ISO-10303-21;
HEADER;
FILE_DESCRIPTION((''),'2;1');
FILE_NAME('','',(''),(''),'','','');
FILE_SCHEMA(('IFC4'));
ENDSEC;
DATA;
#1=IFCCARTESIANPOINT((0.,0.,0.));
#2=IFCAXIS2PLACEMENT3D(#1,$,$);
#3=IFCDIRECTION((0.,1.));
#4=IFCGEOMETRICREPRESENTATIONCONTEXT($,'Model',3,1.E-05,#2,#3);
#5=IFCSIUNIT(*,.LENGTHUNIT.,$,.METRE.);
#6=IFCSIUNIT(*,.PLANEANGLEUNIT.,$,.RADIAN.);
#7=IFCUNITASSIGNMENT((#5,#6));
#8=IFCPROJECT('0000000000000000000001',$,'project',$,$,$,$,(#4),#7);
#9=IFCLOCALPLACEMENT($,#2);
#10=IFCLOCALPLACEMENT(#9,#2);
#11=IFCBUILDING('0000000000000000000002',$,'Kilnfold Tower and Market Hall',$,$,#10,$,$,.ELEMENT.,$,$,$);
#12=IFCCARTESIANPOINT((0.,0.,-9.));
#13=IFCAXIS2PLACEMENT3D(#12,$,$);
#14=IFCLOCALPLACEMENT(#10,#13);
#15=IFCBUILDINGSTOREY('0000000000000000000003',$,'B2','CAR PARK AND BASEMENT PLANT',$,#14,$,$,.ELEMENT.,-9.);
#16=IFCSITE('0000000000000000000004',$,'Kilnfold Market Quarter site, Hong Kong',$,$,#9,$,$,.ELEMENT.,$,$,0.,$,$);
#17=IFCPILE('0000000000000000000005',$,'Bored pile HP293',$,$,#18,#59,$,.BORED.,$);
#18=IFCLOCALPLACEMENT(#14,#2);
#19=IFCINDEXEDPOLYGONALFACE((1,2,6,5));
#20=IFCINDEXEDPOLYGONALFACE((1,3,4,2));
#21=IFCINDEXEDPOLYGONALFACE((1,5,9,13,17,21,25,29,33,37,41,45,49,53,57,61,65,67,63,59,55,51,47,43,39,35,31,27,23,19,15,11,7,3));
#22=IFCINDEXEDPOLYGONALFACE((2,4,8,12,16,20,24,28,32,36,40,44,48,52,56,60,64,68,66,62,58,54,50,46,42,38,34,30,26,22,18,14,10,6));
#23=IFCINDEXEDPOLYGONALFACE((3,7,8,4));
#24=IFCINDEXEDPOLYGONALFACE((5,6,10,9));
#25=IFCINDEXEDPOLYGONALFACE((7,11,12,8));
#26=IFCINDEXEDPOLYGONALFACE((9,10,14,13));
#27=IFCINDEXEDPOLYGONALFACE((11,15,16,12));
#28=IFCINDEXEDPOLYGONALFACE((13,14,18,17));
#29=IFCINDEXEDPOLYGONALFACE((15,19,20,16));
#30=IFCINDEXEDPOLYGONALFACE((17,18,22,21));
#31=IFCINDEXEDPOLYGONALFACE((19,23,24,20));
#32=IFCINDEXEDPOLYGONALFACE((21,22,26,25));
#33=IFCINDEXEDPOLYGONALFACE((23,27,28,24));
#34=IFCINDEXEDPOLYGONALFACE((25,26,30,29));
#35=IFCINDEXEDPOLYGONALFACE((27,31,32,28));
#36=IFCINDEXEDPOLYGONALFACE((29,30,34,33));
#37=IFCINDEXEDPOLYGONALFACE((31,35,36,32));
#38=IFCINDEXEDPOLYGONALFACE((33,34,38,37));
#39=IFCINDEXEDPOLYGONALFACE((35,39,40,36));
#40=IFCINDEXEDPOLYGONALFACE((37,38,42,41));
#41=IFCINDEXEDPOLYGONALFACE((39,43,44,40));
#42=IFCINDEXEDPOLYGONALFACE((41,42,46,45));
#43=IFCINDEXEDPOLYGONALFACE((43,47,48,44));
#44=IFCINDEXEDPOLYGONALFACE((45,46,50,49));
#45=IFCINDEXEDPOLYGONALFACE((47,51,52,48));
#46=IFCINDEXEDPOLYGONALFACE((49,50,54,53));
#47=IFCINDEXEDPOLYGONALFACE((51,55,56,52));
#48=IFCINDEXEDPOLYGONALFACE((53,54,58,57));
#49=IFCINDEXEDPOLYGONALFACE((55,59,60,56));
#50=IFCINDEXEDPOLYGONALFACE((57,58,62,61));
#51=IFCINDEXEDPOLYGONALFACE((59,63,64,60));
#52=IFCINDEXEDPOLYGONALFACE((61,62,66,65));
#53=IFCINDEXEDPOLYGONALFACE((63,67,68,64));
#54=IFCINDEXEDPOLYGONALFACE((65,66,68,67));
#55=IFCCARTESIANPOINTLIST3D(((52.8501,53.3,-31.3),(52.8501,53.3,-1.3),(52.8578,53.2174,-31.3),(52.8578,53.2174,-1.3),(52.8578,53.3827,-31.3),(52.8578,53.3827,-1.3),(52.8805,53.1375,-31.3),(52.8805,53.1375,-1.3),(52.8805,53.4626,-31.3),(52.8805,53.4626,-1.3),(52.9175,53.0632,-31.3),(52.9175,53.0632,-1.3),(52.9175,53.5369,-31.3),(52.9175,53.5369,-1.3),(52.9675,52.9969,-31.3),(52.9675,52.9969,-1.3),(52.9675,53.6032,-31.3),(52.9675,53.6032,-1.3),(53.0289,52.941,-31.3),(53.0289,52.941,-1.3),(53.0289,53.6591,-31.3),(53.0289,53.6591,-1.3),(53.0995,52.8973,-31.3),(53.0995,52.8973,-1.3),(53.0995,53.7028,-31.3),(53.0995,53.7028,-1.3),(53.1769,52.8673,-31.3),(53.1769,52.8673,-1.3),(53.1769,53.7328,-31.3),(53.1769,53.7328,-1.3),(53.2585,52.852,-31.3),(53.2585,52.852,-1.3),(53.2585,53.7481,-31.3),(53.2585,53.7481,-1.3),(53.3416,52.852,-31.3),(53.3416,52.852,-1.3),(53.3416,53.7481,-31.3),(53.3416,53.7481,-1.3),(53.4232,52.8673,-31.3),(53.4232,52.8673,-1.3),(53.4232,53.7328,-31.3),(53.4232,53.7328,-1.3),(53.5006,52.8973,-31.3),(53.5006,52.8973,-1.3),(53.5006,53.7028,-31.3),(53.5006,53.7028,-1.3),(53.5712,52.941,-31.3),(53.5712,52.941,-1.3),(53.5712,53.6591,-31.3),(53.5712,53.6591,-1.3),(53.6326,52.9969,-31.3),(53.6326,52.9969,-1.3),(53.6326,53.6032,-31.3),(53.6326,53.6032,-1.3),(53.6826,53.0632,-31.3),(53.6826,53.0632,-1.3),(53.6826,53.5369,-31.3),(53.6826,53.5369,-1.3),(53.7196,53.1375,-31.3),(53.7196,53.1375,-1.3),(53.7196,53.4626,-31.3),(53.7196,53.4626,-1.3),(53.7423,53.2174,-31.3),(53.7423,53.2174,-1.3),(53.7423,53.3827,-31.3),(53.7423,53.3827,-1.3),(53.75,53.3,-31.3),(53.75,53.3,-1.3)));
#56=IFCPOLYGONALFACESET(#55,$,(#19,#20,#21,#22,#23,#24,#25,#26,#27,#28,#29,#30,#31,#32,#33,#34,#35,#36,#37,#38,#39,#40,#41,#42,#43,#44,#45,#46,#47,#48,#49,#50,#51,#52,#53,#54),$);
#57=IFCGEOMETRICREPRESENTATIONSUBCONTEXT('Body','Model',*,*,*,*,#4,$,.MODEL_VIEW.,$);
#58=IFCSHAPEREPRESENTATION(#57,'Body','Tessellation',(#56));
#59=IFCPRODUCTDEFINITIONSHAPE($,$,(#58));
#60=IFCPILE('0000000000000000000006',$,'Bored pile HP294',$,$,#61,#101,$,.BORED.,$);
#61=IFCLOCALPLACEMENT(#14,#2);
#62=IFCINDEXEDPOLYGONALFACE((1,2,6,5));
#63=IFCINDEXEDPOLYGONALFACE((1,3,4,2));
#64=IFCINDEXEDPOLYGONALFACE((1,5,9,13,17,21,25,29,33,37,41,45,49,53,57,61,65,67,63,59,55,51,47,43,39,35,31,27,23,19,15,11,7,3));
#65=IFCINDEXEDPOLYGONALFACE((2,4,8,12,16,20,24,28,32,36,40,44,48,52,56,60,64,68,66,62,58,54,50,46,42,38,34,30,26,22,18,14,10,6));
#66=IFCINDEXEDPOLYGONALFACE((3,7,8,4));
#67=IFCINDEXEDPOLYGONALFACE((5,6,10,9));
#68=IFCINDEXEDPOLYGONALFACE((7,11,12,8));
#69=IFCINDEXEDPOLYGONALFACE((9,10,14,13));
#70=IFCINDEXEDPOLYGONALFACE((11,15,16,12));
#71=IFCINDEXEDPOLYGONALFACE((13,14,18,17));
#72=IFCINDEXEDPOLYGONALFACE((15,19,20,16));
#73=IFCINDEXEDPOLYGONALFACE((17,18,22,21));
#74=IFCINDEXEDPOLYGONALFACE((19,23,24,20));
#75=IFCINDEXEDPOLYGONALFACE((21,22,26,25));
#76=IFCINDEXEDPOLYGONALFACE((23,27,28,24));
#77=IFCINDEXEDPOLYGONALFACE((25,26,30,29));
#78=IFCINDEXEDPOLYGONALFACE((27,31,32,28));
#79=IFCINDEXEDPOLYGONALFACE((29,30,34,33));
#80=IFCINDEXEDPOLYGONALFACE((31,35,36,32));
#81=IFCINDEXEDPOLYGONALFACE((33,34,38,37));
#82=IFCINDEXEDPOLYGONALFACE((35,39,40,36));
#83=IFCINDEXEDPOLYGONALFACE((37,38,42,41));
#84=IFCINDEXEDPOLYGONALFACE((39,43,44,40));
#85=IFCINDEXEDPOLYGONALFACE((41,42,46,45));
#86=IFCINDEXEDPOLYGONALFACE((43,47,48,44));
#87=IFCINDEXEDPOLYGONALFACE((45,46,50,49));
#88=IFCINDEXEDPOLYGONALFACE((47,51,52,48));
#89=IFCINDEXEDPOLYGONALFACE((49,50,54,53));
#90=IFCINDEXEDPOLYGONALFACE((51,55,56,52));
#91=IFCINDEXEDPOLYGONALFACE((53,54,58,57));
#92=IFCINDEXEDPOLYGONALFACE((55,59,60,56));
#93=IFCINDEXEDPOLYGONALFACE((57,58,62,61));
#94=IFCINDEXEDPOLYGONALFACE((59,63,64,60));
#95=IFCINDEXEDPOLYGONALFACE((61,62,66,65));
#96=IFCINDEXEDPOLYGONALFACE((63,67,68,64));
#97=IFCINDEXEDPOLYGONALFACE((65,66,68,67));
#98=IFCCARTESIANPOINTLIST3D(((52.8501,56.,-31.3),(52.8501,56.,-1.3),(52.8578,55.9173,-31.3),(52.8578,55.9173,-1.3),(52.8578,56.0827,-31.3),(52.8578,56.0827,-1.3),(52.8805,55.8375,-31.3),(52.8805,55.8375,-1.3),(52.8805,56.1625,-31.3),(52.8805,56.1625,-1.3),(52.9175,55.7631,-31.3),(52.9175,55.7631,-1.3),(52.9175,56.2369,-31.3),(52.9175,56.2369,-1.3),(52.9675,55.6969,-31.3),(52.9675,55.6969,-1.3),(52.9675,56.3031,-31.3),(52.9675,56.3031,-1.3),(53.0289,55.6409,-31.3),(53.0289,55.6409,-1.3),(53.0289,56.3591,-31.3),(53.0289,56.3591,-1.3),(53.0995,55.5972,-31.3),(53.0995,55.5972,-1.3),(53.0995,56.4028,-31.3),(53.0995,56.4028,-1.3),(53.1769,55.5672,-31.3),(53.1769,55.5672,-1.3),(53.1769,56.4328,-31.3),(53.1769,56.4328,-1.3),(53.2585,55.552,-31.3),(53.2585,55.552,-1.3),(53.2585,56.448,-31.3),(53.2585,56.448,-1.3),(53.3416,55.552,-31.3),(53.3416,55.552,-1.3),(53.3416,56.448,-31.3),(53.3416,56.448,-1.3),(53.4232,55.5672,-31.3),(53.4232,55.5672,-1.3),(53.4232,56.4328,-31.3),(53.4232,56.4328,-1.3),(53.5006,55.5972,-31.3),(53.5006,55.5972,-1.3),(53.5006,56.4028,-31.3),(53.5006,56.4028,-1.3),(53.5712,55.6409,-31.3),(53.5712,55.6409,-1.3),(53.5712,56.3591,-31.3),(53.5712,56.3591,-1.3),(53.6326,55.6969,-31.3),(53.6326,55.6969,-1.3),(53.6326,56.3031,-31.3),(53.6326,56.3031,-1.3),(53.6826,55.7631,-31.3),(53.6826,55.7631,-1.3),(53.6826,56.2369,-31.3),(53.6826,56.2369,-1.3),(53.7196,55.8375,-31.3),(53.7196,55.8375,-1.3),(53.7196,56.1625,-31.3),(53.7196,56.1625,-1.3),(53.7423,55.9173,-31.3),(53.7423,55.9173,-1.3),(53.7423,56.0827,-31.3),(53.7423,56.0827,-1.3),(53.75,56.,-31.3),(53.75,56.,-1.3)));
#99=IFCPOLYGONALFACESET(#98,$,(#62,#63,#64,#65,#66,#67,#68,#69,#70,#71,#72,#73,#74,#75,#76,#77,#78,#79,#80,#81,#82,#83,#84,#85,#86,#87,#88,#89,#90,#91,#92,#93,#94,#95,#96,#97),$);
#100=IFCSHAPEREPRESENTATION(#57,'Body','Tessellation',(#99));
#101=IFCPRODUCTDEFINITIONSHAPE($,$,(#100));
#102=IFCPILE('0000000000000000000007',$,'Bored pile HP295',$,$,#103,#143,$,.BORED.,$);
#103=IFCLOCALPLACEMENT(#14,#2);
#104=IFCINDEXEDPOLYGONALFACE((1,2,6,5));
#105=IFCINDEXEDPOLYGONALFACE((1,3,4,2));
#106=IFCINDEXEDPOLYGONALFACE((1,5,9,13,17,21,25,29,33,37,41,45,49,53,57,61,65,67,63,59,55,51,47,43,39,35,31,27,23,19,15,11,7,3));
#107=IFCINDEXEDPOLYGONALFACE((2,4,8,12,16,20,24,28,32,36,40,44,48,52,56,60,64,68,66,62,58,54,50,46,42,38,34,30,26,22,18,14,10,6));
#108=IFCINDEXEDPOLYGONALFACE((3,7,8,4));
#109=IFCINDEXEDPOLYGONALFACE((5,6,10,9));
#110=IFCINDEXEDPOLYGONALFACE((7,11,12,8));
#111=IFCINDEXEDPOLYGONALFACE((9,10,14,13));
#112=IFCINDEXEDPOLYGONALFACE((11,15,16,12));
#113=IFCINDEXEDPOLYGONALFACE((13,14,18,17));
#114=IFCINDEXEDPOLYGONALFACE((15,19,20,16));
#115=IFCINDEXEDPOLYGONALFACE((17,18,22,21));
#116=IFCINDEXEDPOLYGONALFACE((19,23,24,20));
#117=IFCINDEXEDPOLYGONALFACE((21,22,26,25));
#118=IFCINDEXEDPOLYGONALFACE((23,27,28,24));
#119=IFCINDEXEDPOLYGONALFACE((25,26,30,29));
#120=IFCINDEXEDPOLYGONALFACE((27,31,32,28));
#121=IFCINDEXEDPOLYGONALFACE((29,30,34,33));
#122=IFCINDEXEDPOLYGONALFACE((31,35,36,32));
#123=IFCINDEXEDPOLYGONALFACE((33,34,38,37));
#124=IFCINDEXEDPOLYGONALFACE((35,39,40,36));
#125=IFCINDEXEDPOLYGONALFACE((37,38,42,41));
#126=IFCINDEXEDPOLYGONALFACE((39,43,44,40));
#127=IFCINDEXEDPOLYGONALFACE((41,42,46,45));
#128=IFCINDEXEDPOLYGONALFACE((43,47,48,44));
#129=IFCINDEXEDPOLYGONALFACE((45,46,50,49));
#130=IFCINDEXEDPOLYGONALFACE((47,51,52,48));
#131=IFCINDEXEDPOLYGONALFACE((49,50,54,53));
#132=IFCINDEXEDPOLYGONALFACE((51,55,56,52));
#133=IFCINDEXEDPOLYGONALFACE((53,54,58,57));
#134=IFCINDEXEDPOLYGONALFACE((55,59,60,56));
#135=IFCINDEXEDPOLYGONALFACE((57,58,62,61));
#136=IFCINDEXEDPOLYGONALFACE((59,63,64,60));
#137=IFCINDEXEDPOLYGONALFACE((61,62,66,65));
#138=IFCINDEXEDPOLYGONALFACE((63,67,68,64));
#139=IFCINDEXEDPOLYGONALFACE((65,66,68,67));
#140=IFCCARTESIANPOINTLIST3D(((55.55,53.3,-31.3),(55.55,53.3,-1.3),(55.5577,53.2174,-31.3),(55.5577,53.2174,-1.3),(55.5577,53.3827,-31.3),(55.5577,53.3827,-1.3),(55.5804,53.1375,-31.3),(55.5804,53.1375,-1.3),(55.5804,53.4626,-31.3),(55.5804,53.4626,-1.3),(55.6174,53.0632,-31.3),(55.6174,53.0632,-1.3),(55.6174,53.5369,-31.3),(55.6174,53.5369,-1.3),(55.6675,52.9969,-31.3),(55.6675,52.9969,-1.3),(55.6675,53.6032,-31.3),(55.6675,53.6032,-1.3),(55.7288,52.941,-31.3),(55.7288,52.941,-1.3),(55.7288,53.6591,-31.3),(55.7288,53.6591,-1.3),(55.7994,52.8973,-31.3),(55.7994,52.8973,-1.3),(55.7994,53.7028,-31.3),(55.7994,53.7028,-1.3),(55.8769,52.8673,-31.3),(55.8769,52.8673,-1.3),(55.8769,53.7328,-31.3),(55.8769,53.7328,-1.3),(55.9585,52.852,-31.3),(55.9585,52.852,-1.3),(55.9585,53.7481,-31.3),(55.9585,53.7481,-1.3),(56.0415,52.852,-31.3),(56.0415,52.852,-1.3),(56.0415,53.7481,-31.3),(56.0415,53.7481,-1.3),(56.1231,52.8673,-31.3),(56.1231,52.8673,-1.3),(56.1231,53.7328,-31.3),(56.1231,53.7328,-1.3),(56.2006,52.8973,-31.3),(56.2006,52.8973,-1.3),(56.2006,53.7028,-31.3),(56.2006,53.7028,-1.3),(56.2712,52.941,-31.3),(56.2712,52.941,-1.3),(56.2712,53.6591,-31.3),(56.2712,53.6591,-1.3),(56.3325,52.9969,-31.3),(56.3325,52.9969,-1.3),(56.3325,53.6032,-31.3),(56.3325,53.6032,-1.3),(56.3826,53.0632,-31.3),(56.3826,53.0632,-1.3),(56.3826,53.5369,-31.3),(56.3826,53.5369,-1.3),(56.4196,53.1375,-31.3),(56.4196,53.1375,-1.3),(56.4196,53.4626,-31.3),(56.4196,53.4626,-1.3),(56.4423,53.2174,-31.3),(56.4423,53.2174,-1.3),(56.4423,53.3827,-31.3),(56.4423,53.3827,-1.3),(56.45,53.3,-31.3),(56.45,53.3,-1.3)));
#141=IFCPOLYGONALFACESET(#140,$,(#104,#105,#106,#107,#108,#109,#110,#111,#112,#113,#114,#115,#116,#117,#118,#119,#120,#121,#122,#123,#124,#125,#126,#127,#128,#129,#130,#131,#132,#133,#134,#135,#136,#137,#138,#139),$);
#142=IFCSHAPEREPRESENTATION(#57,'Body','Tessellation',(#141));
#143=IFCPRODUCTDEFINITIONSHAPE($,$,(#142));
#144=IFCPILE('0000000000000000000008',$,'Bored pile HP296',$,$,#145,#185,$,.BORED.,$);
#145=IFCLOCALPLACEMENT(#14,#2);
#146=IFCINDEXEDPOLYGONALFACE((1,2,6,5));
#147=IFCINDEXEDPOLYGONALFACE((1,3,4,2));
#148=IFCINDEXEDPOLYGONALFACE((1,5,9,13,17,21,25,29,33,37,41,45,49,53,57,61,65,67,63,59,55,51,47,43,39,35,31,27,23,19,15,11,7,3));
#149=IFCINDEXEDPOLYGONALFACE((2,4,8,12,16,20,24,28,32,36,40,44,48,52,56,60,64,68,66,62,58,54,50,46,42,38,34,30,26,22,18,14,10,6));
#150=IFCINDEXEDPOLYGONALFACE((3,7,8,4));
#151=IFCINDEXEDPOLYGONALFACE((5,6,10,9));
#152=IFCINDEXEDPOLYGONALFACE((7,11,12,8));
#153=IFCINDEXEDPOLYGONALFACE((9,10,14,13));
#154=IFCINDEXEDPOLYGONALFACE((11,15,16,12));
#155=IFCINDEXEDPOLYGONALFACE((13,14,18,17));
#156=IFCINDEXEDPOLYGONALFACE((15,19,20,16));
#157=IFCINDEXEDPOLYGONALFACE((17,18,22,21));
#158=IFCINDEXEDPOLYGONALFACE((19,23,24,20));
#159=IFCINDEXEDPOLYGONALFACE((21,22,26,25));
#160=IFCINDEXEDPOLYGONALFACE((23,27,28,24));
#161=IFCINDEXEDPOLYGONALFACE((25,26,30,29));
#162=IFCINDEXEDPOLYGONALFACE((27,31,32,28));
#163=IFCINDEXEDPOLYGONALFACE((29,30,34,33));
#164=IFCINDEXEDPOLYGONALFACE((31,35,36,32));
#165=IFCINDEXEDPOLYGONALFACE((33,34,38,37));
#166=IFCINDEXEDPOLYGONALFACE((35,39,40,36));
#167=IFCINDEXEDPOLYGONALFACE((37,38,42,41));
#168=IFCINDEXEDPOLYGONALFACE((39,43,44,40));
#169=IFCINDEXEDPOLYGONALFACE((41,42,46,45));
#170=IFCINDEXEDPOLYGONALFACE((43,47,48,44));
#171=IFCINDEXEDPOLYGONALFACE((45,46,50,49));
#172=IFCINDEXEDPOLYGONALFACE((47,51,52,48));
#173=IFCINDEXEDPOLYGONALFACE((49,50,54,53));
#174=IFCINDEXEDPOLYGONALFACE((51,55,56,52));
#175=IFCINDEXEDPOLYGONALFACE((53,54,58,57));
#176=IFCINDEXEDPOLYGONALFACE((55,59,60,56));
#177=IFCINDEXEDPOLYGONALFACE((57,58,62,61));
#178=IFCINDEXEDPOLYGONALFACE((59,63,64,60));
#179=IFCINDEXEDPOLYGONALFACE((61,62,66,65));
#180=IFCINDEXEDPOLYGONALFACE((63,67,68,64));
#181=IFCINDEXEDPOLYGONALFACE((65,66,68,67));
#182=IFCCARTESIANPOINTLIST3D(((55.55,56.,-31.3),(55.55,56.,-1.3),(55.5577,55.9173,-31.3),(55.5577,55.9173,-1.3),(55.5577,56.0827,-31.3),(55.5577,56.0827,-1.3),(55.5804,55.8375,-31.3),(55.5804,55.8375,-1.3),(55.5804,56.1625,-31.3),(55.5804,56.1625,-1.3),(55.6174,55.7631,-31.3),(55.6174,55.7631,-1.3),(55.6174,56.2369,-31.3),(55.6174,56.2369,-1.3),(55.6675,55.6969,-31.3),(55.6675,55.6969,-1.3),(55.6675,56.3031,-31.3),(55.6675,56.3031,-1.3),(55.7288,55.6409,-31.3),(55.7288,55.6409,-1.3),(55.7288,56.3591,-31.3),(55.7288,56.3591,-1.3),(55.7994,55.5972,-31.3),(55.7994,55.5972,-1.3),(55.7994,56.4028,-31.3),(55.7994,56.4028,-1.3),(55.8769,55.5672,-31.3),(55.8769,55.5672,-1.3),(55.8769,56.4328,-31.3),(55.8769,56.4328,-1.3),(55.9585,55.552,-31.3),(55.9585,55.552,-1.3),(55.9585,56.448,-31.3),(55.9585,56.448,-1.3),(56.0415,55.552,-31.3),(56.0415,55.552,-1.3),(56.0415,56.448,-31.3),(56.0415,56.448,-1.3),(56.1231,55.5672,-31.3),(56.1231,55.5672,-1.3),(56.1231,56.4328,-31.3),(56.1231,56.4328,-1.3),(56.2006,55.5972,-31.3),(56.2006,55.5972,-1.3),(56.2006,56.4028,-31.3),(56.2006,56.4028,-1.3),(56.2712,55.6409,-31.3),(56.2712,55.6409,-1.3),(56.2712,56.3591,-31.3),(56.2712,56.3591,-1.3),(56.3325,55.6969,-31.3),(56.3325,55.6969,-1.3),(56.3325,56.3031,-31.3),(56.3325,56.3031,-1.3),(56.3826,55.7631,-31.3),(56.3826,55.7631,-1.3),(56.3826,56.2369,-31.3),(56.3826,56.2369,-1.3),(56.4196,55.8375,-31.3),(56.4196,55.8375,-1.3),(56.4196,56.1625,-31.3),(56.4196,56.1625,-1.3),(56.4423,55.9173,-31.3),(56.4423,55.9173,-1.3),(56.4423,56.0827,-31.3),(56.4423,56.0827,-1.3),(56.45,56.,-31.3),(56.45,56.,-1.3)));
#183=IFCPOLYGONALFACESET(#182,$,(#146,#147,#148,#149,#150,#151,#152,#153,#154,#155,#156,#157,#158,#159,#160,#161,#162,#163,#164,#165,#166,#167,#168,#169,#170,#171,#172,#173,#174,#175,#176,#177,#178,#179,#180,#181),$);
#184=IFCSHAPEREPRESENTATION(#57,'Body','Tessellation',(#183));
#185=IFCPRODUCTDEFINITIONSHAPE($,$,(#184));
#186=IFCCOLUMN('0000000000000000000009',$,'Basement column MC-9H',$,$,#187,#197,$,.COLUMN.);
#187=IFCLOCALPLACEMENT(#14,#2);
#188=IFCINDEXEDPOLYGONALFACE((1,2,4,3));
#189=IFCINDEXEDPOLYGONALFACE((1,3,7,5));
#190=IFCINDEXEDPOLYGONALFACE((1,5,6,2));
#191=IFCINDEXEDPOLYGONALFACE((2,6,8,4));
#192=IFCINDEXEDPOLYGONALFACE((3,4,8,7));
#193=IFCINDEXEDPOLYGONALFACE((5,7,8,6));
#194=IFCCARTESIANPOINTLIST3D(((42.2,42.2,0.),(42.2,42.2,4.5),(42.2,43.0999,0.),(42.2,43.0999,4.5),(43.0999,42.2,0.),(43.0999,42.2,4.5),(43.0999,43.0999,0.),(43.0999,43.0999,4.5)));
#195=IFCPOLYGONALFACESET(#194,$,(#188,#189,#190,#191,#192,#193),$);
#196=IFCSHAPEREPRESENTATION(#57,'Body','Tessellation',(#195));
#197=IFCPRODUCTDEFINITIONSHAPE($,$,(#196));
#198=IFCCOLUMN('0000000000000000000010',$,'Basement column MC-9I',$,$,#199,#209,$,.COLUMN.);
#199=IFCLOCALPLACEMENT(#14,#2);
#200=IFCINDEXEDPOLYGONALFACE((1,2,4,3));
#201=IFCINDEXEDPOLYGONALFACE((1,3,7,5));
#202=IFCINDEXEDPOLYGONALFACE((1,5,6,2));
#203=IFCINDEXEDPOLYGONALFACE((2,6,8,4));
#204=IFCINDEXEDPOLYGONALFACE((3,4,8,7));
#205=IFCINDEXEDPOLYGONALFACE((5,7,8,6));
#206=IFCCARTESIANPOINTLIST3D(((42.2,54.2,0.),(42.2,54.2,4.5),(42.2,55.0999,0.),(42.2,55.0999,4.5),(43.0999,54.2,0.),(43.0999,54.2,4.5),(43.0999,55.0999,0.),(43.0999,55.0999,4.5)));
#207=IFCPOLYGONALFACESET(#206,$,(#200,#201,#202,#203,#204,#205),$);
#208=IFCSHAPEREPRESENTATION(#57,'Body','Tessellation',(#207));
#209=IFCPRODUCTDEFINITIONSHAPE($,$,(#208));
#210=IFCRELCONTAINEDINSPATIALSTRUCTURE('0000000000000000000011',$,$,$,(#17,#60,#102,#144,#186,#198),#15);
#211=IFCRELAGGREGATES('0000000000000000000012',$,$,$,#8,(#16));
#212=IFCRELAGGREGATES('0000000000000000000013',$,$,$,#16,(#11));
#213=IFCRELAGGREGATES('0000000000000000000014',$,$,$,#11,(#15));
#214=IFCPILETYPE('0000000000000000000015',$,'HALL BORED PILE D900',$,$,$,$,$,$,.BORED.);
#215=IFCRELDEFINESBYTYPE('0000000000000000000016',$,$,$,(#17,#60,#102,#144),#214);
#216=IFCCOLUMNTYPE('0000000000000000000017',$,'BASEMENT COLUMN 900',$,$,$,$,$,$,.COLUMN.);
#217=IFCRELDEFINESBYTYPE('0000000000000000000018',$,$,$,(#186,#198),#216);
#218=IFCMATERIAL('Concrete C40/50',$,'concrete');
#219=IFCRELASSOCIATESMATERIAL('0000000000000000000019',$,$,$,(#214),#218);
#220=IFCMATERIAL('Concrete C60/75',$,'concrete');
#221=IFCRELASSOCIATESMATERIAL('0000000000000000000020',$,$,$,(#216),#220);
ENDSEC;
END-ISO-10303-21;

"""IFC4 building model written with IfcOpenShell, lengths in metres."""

from ifc_helpers import new_model, si_unit, direction, frame, origin, origin_2d, place, context, subcontext, project, spatial, rectangle, circle, extrude, source, transform, mapped, material, material_profile, profile_set, type_object, element, save


model = new_model("IFC4")

# Units and contexts
model_context = context("Model", 3, precision=1e-05, world=origin(), true_north=direction((0.0, 1.0)))
body_context = subcontext(model_context, "Body", "Model", "MODEL_VIEW")
ifc_project = project(units=[si_unit("LENGTHUNIT", "METRE"), si_unit("PLANEANGLEUNIT", "RADIAN")], contexts=[model_context])

# Site, building, storey
site_placement = place(None, origin())
site = spatial("IfcSite", under=ifc_project, at=site_placement, Name="Kilnfold Market Quarter site, Hong Kong", CompositionType="ELEMENT", RefElevation=0.0)
building_placement = place(site_placement, origin())
building = spatial("IfcBuilding", under=site, at=building_placement, Name="Kilnfold Tower and Market Hall", CompositionType="ELEMENT")
storey_placement = place(building_placement, frame((0.0, 0.0, -9.0)))
storey = spatial("IfcBuildingStorey", under=building, at=storey_placement, Name="B2", Description="CAR PARK AND BASEMENT PLANT", CompositionType="ELEMENT", Elevation=-9.0)

# Piles
ifc_material_1 = material(Name="Concrete C40/50", Category="concrete")
ifc_material_profile_1 = material_profile(ifc_material_1, circle(Radius=0.45, at=origin_2d()), Name="D900")
ifc_profile_set_1 = profile_set([ifc_material_profile_1], Name="Concrete C40/50")
pile_type = type_object("IfcPileType", Name="HALL BORED PILE D900", PredefinedType="BORED", material=ifc_profile_set_1)
shared_shape_1 = source(origin(), body_context, "Body", "SweptSolid", [
    extrude(circle(Radius=0.45, at=origin_2d()), origin(), (0.0, 0.0, 1.0), 30.0),
])
for number, where, z_axis, x_axis, name in (
    (1, (53.3, 53.3, -1.3), (0.0, 0.0, -1.0), (1.0, 0.0, 0.0), "Bored pile HP293"),
    (2, (53.3, 56.0, -1.3), (0.0, 0.0, -1.0), (1.0, 0.0, 0.0), "Bored pile HP294"),
    (3, (56.0, 53.3, -1.3), (0.0, 0.0, -1.0), (1.0, 0.0, 0.0), "Bored pile HP295"),
    (4, (56.0, 56.0, -1.3), (0.0, 0.0, -1.0), (1.0, 0.0, 0.0), "Bored pile HP296"),
):
    element("IfcPile", number, at=place(storey_placement, frame(where, z_axis=z_axis, x_axis=x_axis)), inside=storey, type_object=pile_type, Name=name, PredefinedType="BORED", context=body_context, shape_type="MappedRepresentation", body=[
        mapped(shared_shape_1, transform((0.0, 0.0, 0.0))),
    ])

# Columns
ifc_material_2 = material(Name="Concrete C60/75", Category="concrete")
ifc_material_profile_2 = material_profile(ifc_material_2, rectangle(XDim=0.8999, YDim=0.8999, at=origin_2d()), Name="RC 900x900")
ifc_profile_set_2 = profile_set([ifc_material_profile_2], Name="Concrete C60/75")
column_type = type_object("IfcColumnType", Name="BASEMENT COLUMN 900", PredefinedType="COLUMN", material=ifc_profile_set_2)
shared_shape_2 = source(origin(), body_context, "Body", "SweptSolid", [
    extrude(rectangle(XDim=0.8999, YDim=0.8999, at=origin_2d()), origin(), (0.0, 0.0, 1.0), 4.5),
])
for number, where, z_axis, x_axis, name in (
    (5, (42.6499, 42.6499, 0.0), (0.0, 0.0, 1.0), (1.0, 0.0, 0.0), "Basement column MC-9H"),
    (6, (42.6499, 54.6499, 0.0), (0.0, 0.0, 1.0), (1.0, 0.0, 0.0), "Basement column MC-9I"),
):
    element("IfcColumn", number, at=place(storey_placement, frame(where, z_axis=z_axis, x_axis=x_axis)), inside=storey, type_object=column_type, Name=name, PredefinedType="COLUMN", context=body_context, shape_type="MappedRepresentation", body=[
        mapped(shared_shape_2, transform((0.0, 0.0, 0.0))),
    ])

save(model, "model.ifc")
